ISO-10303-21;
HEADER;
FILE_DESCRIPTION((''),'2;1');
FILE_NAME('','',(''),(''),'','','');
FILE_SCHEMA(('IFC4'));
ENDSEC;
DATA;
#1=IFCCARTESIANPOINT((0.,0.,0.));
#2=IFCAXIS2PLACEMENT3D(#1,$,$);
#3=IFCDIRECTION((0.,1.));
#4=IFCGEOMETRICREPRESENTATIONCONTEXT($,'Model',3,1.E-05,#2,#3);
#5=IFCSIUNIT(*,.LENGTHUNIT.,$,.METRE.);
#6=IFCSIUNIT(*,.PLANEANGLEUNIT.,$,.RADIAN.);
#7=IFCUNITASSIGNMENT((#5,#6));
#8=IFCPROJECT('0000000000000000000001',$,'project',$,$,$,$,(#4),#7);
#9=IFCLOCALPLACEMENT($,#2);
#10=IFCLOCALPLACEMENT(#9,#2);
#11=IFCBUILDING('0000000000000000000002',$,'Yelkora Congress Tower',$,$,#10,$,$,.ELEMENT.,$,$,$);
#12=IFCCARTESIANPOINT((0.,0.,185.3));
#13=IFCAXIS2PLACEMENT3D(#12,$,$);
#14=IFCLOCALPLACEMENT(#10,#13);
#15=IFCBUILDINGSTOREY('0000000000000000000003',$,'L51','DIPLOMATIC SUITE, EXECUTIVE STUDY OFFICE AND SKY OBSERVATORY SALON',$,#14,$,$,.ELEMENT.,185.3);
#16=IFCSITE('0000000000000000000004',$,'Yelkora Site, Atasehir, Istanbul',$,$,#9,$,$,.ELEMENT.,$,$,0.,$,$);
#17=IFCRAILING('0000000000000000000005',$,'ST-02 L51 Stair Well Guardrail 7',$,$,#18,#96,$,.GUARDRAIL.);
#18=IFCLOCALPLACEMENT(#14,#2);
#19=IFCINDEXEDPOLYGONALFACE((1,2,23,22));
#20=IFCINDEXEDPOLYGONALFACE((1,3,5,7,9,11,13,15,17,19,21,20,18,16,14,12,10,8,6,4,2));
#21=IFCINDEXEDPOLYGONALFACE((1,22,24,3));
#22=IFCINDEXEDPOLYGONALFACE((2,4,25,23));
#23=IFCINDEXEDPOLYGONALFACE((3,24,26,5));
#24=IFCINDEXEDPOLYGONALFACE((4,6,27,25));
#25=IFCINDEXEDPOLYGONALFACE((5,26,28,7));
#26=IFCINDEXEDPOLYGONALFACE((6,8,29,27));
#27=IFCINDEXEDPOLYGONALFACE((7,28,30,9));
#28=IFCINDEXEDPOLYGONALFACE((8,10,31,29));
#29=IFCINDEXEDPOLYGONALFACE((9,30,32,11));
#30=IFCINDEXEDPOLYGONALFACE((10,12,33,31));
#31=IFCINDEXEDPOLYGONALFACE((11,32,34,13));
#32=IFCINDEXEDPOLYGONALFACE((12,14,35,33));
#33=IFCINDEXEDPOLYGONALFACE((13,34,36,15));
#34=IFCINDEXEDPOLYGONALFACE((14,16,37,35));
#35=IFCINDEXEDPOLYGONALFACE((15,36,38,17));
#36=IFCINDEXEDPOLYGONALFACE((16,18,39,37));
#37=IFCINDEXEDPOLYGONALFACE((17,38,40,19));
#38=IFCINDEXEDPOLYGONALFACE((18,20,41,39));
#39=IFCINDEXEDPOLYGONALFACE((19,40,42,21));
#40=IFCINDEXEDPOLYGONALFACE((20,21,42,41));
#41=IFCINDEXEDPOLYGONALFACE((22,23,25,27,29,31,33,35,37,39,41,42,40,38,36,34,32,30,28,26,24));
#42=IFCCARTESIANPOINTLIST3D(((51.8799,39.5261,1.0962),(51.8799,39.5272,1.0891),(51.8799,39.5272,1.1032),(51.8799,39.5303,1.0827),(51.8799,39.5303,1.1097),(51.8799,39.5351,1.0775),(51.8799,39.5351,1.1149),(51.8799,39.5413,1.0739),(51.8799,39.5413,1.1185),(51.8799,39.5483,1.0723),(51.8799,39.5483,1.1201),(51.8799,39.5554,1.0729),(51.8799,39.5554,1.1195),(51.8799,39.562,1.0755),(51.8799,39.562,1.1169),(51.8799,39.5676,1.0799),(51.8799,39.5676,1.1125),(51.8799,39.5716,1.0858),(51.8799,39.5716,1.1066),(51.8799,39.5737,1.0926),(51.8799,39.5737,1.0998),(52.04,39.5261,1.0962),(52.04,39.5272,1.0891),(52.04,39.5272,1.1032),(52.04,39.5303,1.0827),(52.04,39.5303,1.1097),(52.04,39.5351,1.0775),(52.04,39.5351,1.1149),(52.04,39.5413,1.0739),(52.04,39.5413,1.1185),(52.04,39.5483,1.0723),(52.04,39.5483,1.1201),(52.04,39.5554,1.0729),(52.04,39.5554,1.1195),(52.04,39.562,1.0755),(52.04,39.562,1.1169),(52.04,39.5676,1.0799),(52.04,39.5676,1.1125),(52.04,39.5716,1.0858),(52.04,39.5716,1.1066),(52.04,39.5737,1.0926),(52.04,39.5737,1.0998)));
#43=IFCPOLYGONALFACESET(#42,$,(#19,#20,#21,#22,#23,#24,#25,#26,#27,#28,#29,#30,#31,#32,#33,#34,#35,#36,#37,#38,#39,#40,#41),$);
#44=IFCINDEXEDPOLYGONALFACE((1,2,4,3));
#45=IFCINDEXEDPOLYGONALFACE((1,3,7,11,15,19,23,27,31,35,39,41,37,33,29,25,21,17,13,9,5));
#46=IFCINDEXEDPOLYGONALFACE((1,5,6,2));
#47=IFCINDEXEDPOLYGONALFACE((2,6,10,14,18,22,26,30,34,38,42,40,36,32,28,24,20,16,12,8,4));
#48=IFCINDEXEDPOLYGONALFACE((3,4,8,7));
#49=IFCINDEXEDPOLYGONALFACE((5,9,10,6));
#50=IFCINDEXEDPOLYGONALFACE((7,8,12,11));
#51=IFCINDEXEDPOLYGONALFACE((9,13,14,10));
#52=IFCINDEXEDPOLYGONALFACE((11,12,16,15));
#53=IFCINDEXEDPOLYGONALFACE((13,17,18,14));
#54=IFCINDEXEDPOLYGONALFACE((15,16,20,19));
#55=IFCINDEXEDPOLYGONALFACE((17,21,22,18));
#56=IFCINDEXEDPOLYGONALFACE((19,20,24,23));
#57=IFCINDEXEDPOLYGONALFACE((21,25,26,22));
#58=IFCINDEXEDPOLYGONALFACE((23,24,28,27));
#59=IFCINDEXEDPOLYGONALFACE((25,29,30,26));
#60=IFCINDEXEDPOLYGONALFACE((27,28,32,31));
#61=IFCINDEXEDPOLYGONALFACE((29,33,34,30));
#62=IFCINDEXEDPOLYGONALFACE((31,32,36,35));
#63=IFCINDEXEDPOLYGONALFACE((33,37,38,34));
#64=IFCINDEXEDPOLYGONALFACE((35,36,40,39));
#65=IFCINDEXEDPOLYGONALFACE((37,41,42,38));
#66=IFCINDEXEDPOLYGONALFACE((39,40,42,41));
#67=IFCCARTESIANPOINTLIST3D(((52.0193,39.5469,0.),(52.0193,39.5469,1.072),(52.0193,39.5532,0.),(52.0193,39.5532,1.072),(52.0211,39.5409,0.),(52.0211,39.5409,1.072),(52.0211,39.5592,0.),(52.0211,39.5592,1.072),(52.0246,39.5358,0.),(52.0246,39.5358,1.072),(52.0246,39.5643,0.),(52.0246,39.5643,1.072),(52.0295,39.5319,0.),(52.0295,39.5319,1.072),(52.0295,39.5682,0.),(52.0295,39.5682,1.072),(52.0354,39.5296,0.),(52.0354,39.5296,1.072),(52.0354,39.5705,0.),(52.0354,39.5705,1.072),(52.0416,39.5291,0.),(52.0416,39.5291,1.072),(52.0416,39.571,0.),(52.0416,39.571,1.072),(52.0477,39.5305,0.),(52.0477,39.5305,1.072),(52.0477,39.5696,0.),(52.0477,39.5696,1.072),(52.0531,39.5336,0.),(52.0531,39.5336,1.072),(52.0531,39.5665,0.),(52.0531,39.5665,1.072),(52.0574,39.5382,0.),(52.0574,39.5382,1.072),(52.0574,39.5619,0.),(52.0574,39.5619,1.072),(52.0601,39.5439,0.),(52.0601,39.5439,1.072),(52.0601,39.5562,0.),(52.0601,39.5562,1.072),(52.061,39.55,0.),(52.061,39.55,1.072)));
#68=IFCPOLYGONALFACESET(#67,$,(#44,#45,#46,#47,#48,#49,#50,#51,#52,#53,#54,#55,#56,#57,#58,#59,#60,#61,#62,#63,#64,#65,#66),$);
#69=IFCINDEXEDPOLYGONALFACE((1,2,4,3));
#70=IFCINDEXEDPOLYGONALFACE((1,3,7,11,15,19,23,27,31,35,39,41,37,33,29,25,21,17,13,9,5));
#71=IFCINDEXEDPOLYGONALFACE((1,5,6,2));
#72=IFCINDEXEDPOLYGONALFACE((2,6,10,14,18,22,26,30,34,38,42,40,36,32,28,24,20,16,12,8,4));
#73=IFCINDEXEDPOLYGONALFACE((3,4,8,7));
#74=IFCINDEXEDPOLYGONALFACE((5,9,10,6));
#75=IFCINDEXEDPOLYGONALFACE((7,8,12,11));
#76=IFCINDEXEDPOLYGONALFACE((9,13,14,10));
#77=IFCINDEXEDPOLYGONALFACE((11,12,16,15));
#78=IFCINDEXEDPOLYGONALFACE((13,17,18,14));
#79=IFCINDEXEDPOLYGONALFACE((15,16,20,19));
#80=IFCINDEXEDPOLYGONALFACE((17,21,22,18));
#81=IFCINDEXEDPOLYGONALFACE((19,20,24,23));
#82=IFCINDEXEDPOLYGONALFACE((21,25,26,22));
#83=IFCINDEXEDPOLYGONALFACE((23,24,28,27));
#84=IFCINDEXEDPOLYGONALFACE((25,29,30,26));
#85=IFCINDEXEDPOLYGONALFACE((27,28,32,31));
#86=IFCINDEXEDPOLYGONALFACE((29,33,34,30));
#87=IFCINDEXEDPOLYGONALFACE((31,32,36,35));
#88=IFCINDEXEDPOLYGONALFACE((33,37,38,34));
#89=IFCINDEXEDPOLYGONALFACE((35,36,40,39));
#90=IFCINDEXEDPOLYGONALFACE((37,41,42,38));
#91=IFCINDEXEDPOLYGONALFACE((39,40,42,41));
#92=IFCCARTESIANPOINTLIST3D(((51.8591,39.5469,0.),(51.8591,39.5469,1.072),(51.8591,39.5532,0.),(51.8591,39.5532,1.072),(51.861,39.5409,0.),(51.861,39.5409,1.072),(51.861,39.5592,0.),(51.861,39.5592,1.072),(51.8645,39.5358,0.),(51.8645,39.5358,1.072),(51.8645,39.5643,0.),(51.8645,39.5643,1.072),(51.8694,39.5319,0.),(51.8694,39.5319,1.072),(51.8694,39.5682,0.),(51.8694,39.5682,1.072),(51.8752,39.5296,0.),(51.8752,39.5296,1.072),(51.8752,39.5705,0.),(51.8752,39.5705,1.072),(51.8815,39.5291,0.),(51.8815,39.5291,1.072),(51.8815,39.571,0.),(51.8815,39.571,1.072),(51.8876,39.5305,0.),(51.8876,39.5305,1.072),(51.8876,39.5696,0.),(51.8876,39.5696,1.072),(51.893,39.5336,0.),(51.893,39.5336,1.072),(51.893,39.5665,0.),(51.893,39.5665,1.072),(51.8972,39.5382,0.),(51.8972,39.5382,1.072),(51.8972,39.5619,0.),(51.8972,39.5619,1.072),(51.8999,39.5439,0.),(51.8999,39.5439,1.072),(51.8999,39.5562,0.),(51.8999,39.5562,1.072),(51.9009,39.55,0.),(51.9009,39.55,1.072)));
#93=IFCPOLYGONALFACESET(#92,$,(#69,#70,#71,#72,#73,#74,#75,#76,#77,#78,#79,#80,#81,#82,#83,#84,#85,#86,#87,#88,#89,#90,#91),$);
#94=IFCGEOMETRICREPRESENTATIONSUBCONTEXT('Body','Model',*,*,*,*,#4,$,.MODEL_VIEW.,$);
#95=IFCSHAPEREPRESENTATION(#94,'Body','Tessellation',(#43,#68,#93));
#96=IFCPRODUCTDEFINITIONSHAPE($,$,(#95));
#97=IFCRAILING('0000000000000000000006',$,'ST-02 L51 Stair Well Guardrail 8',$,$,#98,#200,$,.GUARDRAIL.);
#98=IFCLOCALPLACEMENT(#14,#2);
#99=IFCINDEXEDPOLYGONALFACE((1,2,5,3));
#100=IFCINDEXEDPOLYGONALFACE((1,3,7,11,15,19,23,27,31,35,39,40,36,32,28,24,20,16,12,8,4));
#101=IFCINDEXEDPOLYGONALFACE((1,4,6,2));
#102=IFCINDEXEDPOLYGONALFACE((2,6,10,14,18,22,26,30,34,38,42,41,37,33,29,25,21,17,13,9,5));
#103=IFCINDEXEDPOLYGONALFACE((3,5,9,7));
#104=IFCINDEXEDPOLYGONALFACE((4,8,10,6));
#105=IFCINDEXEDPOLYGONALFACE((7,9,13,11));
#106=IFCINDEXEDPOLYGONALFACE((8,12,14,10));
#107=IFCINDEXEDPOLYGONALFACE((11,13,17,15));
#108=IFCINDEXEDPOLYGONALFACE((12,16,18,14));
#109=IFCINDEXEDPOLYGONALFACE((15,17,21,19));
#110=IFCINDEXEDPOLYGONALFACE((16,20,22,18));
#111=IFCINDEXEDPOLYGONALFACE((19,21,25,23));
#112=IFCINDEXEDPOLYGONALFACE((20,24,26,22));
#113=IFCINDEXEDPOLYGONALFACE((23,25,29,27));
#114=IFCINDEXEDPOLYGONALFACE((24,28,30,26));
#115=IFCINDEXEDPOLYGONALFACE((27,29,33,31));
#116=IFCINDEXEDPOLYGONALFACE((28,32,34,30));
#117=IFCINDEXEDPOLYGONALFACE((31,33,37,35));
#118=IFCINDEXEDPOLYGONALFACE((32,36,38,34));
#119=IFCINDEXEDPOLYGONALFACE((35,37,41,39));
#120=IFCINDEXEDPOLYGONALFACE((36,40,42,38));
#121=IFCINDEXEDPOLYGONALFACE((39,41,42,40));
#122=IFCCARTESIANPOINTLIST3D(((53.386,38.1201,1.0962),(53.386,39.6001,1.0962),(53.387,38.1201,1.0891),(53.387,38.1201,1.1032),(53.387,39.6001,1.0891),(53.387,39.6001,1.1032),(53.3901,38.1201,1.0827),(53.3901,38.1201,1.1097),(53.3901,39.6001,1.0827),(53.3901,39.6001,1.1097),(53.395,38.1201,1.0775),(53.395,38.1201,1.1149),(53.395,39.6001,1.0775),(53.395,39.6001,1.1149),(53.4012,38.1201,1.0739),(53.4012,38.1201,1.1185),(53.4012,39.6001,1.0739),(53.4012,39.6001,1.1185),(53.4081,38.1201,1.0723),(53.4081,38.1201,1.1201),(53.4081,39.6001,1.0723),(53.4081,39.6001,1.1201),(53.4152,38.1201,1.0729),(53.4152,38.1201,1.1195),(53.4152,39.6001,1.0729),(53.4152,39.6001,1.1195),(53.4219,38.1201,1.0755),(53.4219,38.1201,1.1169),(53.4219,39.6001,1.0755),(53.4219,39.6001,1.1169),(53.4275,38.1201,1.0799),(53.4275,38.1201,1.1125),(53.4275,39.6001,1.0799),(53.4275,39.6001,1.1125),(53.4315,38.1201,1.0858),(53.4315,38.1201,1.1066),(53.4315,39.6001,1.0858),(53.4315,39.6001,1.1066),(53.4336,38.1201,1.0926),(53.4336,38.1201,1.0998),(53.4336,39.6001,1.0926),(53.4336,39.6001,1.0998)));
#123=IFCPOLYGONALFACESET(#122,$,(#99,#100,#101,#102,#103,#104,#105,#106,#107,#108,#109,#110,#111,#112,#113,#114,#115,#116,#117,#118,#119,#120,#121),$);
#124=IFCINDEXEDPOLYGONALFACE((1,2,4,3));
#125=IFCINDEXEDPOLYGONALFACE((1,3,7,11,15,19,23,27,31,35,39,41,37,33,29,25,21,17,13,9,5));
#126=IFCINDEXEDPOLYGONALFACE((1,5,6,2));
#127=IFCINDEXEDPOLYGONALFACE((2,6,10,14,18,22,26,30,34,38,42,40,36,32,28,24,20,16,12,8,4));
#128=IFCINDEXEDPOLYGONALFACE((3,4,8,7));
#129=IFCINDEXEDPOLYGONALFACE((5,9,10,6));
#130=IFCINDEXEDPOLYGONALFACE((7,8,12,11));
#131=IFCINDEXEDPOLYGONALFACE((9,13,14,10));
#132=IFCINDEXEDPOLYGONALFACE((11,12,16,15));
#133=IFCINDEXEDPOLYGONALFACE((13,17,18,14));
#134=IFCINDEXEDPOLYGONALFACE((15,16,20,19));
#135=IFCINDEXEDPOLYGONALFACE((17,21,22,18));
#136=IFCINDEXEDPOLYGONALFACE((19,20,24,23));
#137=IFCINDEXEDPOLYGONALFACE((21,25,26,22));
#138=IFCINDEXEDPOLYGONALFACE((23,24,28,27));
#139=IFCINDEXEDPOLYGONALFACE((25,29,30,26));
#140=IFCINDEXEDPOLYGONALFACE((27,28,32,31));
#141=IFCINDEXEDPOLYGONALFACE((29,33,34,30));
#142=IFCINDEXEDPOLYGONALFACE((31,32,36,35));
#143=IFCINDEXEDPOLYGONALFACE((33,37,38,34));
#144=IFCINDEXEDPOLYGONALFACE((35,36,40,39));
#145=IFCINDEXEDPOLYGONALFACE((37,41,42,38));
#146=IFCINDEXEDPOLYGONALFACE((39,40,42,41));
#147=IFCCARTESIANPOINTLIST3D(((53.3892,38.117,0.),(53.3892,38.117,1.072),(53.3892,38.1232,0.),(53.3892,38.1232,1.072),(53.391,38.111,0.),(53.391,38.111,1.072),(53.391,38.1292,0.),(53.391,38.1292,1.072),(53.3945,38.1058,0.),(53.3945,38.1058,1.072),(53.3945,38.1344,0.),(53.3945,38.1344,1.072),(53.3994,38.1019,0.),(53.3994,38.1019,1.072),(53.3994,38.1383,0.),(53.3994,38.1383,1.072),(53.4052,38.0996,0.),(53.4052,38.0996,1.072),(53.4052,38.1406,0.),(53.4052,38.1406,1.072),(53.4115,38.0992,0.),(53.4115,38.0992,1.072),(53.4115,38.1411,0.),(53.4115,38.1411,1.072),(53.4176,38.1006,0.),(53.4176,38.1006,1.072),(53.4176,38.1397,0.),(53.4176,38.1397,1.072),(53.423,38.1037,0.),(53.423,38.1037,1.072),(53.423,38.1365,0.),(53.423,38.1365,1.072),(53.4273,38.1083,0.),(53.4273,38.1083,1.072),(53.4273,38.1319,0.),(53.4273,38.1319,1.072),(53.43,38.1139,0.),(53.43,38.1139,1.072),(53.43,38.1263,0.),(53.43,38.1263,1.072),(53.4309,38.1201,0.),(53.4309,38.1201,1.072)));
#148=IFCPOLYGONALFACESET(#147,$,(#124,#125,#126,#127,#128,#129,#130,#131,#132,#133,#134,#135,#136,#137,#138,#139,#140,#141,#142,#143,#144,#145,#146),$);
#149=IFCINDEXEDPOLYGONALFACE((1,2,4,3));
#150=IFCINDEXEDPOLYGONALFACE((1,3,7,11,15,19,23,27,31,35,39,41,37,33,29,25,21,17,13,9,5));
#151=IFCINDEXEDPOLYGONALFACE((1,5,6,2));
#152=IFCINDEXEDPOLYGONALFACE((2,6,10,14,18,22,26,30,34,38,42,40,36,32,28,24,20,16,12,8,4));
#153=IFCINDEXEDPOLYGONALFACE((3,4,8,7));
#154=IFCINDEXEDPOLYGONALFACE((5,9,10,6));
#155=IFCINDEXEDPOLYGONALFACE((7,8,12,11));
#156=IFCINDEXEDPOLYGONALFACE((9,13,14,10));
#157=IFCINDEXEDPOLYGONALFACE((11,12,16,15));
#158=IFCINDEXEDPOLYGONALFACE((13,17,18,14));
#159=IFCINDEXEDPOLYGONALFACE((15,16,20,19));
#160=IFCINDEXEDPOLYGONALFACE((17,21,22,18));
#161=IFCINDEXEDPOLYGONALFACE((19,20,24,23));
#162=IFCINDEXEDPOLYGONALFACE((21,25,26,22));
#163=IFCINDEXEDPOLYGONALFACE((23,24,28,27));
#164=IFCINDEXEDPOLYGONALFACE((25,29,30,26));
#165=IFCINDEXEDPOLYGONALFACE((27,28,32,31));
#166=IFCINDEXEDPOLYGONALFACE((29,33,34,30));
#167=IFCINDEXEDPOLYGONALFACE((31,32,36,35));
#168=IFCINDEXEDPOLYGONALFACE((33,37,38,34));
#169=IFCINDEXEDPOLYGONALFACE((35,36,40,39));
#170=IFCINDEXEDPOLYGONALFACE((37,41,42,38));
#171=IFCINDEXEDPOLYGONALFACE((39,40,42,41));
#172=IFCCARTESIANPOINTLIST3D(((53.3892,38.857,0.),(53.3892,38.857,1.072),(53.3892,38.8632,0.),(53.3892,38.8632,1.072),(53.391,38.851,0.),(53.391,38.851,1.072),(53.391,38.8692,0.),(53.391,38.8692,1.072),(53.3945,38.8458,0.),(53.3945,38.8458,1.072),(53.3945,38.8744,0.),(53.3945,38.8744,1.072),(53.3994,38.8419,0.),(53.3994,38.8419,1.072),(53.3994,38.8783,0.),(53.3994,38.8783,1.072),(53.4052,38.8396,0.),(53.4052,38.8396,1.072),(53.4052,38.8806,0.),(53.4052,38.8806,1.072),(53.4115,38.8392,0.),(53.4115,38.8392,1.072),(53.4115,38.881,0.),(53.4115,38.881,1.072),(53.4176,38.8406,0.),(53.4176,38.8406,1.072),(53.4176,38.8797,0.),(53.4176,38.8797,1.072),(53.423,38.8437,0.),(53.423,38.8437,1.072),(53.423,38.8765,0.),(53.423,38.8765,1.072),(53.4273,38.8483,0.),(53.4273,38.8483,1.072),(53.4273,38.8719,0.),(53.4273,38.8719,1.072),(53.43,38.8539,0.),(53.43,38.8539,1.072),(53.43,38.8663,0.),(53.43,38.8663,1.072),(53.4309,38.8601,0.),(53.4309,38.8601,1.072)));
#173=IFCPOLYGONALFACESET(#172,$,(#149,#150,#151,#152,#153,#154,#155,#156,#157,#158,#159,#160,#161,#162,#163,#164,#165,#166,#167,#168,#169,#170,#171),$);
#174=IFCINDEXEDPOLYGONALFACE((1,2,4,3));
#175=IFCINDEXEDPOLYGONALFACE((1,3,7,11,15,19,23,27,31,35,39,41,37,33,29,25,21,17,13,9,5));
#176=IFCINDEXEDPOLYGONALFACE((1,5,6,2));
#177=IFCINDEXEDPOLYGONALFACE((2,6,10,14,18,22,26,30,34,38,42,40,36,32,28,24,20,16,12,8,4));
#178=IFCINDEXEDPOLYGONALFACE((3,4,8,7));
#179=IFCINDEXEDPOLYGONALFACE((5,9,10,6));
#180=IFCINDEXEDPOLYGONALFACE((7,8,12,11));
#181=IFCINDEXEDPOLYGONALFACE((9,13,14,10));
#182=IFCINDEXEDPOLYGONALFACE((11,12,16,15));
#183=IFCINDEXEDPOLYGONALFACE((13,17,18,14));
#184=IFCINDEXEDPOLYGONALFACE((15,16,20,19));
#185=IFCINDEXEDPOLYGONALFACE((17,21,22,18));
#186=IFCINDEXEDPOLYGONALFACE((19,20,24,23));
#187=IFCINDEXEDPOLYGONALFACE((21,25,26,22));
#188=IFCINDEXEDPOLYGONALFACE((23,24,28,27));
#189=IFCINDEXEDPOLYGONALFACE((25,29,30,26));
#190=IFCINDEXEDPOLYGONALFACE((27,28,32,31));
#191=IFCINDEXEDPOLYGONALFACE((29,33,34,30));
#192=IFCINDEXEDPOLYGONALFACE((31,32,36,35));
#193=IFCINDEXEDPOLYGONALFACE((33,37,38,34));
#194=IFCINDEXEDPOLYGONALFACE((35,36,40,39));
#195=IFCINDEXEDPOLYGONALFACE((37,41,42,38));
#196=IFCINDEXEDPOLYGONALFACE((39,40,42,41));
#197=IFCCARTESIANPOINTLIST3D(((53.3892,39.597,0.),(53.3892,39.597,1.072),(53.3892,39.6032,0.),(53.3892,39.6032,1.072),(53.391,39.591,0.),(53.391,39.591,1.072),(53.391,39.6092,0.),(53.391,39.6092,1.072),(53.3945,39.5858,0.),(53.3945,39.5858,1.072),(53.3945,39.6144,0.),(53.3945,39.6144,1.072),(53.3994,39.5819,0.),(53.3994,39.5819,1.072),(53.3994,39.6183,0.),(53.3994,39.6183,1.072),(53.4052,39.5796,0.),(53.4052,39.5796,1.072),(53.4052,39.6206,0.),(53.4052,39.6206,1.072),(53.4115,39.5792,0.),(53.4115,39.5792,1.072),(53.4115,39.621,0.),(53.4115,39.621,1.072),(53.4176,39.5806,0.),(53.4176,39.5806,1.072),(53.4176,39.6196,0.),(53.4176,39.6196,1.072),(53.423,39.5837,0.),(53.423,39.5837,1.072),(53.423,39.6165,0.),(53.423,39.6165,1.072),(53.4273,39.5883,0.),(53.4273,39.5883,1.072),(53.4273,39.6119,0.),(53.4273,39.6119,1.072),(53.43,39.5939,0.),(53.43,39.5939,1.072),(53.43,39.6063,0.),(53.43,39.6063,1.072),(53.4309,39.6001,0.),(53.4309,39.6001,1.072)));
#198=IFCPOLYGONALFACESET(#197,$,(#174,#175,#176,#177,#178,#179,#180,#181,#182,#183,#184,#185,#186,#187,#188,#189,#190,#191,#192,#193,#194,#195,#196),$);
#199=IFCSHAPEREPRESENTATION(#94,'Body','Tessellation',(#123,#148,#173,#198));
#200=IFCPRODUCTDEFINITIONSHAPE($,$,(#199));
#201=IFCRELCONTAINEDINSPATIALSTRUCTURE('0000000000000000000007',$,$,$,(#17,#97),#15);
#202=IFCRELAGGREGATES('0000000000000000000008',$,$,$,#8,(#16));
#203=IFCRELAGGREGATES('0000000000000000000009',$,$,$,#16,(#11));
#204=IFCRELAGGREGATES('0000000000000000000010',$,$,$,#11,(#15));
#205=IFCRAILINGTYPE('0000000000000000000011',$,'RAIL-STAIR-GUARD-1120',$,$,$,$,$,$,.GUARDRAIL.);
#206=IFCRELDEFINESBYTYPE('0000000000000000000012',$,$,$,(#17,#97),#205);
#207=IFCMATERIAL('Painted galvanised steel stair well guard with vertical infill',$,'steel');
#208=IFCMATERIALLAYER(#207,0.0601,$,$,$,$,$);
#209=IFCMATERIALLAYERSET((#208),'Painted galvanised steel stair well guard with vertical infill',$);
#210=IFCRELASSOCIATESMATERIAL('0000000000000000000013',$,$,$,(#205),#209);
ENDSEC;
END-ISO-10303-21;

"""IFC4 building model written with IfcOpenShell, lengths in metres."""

from ifc_helpers import new_model, si_unit, direction, frame, origin, origin_2d, place, context, subcontext, project, spatial, circle, extrude, material, layer, layer_set, type_object, element, save


model = new_model("IFC4")

# Units and contexts
model_context = context("Model", 3, precision=1e-05, world=origin(), true_north=direction((0.0, 1.0)))
body_context = subcontext(model_context, "Body", "Model", "MODEL_VIEW")
ifc_project = project(units=[si_unit("LENGTHUNIT", "METRE"), si_unit("PLANEANGLEUNIT", "RADIAN")], contexts=[model_context])

# Site, building, storey
site_placement = place(None, origin())
site = spatial("IfcSite", under=ifc_project, at=site_placement, Name="Yelkora Site, Atasehir, Istanbul", CompositionType="ELEMENT", RefElevation=0.0)
building_placement = place(site_placement, origin())
building = spatial("IfcBuilding", under=site, at=building_placement, Name="Yelkora Congress Tower", CompositionType="ELEMENT")
storey_placement = place(building_placement, frame((0.0, 0.0, 185.3)))
storey = spatial("IfcBuildingStorey", under=building, at=storey_placement, Name="L51", Description="DIPLOMATIC SUITE, EXECUTIVE STUDY OFFICE AND SKY OBSERVATORY SALON", CompositionType="ELEMENT", Elevation=185.3)

# Railings
ifc_material_1 = material(Name="Painted galvanised steel stair well guard with vertical infill", Category="steel")
ifc_layer_1 = layer(ifc_material_1, 0.0601)
ifc_layer_set_1 = layer_set([ifc_layer_1], Name="Painted galvanised steel stair well guard with vertical infill")
railing_type_1 = type_object("IfcRailingType", Name="RAIL-STAIR-GUARD-1120", PredefinedType="GUARDRAIL", material=ifc_layer_set_1)
railing_1_placement = place(storey_placement, frame((52.04, 39.55, 0.0)))
element("IfcRailing", 1, at=railing_1_placement, inside=storey, type_object=railing_type_1, Name="ST-02 L51 Stair Well Guardrail 7", PredefinedType="GUARDRAIL", context=body_context, shape_type="SweptSolid", body=[
    extrude(circle(Radius=0.0239, at=origin_2d()), frame((0.0, 0.0, 1.0962), z_axis=(-1.0, 0.0, 0.0), x_axis=(0.0, -1.0, 0.0)), (0.0, 0.0, 1.0), 0.1602),
    extrude(circle(Radius=0.021, at=origin_2d()), origin(), (0.0, 0.0, 1.0), 1.072),
    extrude(circle(Radius=0.021, at=origin_2d()), frame((-0.1602, 0.0, 0.0)), (0.0, 0.0, 1.0), 1.072),
])
railing_2_placement = place(storey_placement, frame((53.4099, 38.1201, 0.0)))
element("IfcRailing", 2, at=railing_2_placement, inside=storey, type_object=railing_type_1, Name="ST-02 L51 Stair Well Guardrail 8", PredefinedType="GUARDRAIL", context=body_context, shape_type="SweptSolid", body=[
    extrude(circle(Radius=0.0239, at=origin_2d()), frame((0.0, 0.0, 1.0962), z_axis=(0.0, 1.0, 0.0), x_axis=(-1.0, 0.0, 0.0)), (0.0, 0.0, 1.0), 1.48),
    extrude(circle(Radius=0.021, at=origin_2d()), origin(), (0.0, 0.0, 1.0), 1.072),
    extrude(circle(Radius=0.021, at=origin_2d()), frame((0.0, 0.74, 0.0)), (0.0, 0.0, 1.0), 1.072),
    extrude(circle(Radius=0.021, at=origin_2d()), frame((0.0, 1.48, 0.0)), (0.0, 0.0, 1.0), 1.072),
])

save(model, "model.ifc")
